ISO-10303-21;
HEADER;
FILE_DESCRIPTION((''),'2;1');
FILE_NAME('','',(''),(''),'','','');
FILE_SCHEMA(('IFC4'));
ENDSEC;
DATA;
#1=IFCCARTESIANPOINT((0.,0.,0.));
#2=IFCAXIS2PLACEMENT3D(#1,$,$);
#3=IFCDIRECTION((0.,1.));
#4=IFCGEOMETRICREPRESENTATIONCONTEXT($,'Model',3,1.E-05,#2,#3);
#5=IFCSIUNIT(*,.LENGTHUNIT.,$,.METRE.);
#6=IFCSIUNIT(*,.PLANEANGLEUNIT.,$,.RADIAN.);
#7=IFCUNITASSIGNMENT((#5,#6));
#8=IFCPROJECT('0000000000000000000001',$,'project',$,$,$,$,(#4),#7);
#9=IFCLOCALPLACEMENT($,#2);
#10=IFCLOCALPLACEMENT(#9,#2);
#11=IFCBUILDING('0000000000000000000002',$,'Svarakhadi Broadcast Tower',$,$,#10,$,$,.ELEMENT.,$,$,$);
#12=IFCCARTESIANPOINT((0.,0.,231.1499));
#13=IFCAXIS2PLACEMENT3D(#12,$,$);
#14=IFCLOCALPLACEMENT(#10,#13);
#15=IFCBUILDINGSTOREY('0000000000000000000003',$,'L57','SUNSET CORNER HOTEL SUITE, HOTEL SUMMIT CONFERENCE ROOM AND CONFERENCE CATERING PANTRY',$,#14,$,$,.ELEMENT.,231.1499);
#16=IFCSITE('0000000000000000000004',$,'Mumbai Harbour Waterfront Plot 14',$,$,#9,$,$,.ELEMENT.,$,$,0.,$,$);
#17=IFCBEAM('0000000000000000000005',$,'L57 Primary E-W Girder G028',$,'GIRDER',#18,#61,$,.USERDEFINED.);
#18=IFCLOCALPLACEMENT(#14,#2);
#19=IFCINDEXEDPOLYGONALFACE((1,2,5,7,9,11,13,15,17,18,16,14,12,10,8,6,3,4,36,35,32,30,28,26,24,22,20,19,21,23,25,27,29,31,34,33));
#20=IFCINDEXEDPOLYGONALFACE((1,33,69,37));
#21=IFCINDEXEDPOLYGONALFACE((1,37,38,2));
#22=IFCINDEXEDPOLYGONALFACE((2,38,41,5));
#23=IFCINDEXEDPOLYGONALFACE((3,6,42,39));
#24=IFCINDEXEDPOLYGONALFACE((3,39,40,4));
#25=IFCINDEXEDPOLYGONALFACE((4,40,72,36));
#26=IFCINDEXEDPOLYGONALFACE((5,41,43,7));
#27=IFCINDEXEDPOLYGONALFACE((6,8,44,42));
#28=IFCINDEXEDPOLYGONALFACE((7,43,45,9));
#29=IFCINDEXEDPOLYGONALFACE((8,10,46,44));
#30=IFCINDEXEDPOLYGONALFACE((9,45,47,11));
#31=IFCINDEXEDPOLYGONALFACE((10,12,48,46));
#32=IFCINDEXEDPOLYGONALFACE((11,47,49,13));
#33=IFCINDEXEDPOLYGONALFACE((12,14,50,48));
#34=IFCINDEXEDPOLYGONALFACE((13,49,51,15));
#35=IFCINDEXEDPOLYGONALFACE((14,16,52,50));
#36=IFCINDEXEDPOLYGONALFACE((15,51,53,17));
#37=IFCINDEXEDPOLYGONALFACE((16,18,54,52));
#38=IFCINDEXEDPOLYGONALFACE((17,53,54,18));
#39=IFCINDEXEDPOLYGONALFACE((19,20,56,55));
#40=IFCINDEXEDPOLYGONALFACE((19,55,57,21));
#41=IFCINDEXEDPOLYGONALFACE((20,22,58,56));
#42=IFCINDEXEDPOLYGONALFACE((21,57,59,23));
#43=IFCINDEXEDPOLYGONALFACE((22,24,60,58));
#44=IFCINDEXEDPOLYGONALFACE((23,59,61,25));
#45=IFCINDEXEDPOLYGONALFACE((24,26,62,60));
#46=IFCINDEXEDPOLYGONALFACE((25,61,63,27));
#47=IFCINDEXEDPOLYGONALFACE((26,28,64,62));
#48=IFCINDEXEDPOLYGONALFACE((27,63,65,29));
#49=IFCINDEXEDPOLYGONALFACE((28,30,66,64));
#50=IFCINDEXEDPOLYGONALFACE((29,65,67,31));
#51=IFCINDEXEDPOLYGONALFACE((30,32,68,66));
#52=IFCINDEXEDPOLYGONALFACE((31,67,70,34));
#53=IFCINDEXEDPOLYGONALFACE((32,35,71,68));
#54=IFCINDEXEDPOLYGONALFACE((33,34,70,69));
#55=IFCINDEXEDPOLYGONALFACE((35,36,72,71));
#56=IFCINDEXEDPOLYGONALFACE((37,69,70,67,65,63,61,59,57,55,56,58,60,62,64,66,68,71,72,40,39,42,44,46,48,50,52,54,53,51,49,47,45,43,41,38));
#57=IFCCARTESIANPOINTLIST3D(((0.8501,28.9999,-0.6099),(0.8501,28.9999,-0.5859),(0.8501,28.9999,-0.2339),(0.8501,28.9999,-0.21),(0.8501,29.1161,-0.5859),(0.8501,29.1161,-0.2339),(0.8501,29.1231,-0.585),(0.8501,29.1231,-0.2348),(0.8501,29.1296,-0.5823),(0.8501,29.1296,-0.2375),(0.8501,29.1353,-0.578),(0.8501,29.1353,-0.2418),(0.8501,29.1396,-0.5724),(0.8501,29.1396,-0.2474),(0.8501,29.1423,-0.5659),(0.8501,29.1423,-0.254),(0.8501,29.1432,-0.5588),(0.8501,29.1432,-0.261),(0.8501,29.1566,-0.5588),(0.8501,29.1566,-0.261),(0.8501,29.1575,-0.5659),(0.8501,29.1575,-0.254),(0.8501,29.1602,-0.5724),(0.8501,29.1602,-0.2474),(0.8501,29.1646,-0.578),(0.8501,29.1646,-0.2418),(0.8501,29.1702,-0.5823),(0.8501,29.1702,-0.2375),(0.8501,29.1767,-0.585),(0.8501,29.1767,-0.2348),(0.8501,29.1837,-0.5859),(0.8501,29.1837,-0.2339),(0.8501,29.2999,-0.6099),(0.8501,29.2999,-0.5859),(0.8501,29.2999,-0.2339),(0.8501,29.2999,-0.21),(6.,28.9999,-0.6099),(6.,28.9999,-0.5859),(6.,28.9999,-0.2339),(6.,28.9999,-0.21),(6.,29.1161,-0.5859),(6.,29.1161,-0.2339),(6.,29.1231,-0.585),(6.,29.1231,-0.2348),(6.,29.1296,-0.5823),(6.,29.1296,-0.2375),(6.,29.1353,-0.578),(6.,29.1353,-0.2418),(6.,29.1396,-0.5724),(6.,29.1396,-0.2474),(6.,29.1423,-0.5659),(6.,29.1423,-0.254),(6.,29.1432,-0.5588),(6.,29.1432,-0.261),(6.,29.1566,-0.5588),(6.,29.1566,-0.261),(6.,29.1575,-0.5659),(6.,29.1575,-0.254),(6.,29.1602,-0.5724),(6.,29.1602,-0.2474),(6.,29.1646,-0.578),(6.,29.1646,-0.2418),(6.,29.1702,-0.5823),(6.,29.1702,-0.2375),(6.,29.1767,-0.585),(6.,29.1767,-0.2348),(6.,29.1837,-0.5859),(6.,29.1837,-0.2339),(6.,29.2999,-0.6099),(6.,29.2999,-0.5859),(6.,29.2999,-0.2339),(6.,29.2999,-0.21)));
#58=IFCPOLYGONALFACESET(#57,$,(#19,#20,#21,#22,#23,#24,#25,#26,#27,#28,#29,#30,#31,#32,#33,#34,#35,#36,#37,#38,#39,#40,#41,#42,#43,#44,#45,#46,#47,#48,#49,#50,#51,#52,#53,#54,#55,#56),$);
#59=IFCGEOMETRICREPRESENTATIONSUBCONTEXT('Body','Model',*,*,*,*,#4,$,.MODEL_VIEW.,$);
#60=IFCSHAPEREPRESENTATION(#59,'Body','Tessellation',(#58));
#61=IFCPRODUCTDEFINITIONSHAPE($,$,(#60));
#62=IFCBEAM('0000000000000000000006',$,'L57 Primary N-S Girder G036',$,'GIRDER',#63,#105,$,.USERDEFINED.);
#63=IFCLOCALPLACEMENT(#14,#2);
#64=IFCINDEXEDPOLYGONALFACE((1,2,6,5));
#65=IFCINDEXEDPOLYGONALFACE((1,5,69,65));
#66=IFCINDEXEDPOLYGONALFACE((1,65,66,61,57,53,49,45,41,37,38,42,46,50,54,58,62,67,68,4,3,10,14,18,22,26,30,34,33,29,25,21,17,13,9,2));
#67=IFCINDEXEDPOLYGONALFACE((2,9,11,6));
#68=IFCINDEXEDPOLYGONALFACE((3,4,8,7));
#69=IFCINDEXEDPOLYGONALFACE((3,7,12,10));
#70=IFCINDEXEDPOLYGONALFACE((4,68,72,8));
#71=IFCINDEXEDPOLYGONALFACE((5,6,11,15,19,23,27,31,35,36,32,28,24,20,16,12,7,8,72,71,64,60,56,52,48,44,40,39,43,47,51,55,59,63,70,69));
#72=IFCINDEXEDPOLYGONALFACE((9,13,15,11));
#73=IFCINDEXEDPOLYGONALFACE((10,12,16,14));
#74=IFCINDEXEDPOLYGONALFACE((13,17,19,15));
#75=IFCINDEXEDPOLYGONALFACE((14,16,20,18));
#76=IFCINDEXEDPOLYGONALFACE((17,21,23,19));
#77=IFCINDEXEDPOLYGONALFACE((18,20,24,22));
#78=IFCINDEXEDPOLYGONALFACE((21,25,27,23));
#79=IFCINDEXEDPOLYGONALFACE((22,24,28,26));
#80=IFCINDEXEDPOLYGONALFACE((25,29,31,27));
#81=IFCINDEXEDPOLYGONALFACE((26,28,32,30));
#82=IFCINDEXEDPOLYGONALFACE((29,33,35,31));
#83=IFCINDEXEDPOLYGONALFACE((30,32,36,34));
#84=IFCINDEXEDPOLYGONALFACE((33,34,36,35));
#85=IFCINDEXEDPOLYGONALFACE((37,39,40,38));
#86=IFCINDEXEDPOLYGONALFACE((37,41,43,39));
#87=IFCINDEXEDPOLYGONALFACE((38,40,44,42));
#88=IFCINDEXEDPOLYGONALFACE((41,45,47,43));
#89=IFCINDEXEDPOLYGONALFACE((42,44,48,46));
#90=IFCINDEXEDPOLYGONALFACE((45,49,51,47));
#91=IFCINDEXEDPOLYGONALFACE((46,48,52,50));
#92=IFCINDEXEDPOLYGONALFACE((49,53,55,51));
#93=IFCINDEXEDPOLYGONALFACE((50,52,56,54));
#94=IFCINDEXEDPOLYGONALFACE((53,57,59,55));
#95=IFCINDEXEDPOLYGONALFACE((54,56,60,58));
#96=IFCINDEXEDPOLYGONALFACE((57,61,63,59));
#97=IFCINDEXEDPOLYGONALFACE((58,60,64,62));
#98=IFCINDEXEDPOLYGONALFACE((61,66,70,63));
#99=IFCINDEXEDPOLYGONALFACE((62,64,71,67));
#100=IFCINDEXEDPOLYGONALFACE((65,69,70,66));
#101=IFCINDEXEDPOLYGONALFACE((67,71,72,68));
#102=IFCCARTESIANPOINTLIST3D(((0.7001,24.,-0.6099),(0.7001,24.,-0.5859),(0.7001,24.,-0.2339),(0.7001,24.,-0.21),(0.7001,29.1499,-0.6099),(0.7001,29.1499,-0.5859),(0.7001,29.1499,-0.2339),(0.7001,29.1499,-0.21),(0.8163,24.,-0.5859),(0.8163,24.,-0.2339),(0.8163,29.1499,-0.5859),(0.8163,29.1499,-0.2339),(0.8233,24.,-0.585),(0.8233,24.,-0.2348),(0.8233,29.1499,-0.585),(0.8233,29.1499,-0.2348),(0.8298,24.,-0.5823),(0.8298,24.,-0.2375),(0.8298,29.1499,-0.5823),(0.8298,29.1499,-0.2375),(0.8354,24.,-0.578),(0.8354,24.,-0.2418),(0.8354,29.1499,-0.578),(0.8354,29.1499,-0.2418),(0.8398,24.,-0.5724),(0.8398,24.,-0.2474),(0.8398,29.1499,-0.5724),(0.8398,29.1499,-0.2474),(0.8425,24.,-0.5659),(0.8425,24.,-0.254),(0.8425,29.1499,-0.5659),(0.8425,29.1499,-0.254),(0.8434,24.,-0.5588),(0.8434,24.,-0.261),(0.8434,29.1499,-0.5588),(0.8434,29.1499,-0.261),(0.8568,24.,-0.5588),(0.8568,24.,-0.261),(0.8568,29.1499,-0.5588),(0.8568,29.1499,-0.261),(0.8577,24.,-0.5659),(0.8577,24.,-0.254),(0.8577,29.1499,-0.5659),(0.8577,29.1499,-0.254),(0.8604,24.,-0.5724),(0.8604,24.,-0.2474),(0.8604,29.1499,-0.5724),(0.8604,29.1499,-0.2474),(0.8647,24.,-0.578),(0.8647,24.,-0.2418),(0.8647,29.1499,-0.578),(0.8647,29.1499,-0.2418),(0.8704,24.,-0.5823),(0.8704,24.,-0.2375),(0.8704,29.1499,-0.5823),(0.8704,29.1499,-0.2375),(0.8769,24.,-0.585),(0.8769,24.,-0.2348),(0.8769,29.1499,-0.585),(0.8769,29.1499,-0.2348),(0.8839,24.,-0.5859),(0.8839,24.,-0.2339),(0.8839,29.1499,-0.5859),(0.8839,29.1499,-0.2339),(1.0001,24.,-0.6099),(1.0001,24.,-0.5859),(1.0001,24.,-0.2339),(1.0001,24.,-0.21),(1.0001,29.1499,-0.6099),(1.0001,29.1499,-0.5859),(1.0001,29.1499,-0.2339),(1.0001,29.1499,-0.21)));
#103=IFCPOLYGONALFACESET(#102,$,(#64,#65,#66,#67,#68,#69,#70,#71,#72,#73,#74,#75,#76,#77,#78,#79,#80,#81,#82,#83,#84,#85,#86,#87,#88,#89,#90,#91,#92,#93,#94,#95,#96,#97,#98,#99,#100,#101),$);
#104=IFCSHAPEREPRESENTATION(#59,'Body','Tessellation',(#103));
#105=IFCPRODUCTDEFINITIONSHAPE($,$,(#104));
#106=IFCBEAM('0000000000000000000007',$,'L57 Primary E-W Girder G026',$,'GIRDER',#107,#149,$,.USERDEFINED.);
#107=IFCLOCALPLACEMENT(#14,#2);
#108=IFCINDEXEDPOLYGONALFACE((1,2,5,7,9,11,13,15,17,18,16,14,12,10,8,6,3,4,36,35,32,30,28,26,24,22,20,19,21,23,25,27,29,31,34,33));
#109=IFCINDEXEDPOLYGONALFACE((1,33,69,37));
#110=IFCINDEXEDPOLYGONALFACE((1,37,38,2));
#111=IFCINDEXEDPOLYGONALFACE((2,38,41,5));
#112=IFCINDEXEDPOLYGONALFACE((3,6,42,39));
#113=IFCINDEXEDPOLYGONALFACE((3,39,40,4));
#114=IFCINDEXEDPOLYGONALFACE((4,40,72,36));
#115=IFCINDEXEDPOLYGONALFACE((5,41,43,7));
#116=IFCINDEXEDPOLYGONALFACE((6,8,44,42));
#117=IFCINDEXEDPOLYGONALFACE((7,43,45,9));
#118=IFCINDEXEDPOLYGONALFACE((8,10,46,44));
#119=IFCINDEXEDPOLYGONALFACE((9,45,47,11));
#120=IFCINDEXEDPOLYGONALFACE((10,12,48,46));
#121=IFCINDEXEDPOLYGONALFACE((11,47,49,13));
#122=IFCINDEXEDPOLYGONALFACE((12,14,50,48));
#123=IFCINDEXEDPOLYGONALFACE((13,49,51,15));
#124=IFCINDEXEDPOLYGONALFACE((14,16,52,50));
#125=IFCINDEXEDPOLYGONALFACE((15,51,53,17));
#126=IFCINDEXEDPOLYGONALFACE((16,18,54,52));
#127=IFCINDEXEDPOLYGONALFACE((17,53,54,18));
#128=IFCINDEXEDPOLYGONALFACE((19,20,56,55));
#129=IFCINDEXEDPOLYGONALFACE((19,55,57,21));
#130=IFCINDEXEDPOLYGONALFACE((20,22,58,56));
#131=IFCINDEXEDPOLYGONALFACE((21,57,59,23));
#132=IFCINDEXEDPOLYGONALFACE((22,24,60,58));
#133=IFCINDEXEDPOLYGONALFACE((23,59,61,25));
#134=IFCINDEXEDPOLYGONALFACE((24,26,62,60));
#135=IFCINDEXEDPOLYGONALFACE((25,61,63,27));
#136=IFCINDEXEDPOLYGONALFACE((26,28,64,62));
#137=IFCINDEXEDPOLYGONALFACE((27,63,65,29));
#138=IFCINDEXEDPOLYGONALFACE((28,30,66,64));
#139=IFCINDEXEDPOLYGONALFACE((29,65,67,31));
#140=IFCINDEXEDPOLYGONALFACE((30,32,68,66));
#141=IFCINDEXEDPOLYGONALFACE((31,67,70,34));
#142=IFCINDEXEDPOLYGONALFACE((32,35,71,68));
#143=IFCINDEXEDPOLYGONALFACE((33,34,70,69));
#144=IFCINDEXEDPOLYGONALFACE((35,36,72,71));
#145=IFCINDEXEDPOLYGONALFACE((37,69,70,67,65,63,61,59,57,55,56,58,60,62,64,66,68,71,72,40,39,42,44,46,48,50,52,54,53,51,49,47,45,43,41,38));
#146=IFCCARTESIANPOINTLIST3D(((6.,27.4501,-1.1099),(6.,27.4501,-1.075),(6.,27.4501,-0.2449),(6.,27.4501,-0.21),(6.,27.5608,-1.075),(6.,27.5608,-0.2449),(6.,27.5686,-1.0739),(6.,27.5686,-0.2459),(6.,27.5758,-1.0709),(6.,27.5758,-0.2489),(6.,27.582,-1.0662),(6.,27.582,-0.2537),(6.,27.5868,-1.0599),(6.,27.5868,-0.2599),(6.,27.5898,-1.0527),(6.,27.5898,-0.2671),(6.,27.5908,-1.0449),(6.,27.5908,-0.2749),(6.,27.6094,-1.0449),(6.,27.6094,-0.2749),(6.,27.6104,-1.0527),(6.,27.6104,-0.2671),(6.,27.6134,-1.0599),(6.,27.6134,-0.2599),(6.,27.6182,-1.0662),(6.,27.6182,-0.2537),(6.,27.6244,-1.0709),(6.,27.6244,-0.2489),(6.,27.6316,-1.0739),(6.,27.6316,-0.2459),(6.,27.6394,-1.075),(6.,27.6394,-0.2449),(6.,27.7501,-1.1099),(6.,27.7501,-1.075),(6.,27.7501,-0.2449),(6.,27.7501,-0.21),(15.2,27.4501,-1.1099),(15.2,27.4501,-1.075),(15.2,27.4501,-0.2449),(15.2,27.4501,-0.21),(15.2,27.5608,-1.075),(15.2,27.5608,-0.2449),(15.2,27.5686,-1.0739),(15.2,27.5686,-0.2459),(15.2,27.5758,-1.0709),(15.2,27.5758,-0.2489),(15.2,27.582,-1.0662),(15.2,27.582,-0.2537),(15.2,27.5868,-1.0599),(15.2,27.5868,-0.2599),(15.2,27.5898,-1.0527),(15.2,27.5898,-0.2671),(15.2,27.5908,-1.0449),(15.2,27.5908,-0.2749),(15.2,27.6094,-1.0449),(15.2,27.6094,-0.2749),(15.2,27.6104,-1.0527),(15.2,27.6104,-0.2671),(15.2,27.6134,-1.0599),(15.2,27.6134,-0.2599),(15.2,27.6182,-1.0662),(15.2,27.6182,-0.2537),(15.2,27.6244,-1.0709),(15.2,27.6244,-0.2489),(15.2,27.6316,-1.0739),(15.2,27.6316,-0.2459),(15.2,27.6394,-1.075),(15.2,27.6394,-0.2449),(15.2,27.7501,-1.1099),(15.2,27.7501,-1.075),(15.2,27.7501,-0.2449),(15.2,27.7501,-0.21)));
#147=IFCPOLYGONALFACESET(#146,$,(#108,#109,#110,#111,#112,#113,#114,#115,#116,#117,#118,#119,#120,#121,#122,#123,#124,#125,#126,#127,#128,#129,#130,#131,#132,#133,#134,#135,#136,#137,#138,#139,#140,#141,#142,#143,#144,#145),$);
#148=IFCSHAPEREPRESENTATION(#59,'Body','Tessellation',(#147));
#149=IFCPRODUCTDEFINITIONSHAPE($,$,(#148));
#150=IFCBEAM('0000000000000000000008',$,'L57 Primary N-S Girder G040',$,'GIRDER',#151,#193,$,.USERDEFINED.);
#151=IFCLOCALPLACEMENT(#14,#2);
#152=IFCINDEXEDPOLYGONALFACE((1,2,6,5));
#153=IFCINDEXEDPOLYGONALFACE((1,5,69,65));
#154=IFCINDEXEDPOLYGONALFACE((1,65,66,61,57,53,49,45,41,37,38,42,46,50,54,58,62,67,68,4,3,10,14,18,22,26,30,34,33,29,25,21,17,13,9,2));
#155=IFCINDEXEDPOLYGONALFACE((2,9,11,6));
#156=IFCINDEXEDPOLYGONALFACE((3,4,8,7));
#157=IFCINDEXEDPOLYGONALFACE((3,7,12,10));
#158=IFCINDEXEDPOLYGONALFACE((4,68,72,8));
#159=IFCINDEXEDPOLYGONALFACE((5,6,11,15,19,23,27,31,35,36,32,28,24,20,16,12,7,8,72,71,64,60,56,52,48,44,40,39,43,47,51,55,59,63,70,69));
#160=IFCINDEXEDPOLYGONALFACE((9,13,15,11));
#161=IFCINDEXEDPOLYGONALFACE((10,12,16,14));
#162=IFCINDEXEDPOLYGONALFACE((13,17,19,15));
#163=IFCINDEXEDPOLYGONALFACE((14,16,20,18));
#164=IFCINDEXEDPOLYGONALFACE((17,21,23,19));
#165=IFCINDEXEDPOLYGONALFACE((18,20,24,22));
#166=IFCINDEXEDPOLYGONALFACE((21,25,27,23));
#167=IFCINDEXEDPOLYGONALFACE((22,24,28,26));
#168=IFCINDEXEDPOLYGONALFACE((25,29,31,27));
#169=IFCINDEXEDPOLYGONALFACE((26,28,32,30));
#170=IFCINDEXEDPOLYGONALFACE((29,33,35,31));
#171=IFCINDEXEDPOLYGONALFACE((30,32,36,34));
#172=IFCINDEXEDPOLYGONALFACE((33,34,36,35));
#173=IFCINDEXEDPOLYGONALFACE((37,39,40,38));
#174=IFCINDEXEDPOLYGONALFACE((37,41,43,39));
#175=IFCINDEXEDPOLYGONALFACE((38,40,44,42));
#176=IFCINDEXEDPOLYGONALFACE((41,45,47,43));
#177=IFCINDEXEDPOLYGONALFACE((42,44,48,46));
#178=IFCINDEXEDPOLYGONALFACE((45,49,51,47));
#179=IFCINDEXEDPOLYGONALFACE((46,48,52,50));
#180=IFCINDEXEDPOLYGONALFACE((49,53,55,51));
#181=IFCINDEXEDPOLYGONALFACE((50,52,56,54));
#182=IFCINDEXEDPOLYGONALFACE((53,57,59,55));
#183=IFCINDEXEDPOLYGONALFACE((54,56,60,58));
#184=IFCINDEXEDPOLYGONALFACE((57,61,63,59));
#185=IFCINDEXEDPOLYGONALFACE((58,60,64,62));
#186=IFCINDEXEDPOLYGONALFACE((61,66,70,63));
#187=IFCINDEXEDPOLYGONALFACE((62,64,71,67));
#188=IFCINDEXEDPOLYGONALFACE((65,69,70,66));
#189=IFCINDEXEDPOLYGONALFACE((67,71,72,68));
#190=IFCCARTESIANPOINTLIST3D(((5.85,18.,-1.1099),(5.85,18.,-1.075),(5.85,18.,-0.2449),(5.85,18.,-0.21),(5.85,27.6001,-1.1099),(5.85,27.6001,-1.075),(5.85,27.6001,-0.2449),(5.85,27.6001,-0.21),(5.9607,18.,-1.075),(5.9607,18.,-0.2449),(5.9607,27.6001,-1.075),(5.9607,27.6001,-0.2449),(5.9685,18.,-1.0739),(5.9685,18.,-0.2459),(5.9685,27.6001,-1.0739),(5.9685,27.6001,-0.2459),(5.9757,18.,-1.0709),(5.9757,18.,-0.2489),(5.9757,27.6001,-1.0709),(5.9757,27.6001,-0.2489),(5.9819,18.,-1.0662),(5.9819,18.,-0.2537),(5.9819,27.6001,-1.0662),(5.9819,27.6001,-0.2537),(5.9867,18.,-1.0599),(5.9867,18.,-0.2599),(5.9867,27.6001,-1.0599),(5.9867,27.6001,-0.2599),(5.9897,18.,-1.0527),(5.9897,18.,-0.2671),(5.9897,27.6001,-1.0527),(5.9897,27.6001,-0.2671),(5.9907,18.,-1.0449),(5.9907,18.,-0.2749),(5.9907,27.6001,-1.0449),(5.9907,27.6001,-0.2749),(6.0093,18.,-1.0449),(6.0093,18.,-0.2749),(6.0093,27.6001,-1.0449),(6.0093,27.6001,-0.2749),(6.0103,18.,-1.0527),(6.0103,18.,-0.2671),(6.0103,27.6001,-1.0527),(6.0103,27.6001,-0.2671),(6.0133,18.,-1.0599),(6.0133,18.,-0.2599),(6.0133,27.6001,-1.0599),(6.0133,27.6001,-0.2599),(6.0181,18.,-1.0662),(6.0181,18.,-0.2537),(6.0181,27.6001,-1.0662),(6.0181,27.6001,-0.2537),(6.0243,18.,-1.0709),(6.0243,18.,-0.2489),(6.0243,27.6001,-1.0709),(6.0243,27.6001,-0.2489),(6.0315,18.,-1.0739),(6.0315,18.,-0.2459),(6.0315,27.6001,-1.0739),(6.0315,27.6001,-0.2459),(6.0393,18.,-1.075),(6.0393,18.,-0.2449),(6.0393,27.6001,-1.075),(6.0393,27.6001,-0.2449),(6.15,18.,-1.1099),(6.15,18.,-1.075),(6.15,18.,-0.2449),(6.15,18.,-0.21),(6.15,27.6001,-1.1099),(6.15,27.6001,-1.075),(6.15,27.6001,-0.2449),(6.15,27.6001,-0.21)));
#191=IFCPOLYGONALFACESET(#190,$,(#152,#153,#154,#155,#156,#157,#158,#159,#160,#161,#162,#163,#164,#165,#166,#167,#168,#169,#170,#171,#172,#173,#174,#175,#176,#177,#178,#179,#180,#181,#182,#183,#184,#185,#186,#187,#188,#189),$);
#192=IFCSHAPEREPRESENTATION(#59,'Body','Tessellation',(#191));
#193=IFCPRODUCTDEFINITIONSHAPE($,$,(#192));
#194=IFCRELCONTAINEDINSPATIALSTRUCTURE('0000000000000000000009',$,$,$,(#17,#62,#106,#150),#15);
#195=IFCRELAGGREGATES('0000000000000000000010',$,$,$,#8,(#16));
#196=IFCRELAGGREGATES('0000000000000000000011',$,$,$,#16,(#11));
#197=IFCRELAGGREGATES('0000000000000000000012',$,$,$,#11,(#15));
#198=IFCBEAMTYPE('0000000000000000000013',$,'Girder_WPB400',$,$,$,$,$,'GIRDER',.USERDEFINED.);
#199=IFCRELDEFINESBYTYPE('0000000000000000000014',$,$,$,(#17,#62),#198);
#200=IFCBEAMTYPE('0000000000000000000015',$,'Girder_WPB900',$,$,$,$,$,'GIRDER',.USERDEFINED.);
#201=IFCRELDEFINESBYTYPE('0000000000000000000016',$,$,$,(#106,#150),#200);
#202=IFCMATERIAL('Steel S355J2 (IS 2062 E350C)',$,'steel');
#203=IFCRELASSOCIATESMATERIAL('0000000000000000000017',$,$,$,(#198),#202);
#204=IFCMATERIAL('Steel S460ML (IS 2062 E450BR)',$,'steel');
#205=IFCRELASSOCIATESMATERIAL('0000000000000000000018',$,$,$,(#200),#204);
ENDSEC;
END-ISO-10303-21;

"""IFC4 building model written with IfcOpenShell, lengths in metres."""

from ifc_helpers import new_model, si_unit, direction, frame, origin, origin_2d, place, context, subcontext, project, spatial, i_section, extrude, material, material_profile, profile_set, type_object, element, save


model = new_model("IFC4")

# Units and contexts
model_context = context("Model", 3, precision=1e-05, world=origin(), true_north=direction((0.0, 1.0)))
body_context = subcontext(model_context, "Body", "Model", "MODEL_VIEW")
ifc_project = project(units=[si_unit("LENGTHUNIT", "METRE"), si_unit("PLANEANGLEUNIT", "RADIAN")], contexts=[model_context])

# Site, building, storey
site_placement = place(None, origin())
site = spatial("IfcSite", under=ifc_project, at=site_placement, Name="Mumbai Harbour Waterfront Plot 14", CompositionType="ELEMENT", RefElevation=0.0)
building_placement = place(site_placement, origin())
building = spatial("IfcBuilding", under=site, at=building_placement, Name="Svarakhadi Broadcast Tower", CompositionType="ELEMENT")
storey_placement = place(building_placement, frame((0.0, 0.0, 231.1499)))
storey = spatial("IfcBuildingStorey", under=building, at=storey_placement, Name="L57", Description="SUNSET CORNER HOTEL SUITE, HOTEL SUMMIT CONFERENCE ROOM AND CONFERENCE CATERING PANTRY", CompositionType="ELEMENT", Elevation=231.1499)

# Shared definitions
ifc_material_1 = material(Name="Steel S460ML (IS 2062 E450BR)", Category="steel")

# Shared definitions
ifc_material_2 = material(Name="Steel S355J2 (IS 2062 E350C)", Category="steel")

# Beams
ifc_material_profile_1 = material_profile(ifc_material_2, i_section(OverallWidth=0.3, OverallDepth=0.3999, WebThickness=0.0134, FlangeThickness=0.0239, FilletRadius=0.0271, at=origin_2d()), Name="WPB 400x300x155")
ifc_profile_set_1 = profile_set([ifc_material_profile_1], Name="Steel S355J2 (IS 2062 E350C)")
beam_type_1 = type_object("IfcBeamType", Name="Girder_WPB400", ElementType="GIRDER", PredefinedType="USERDEFINED", material=ifc_profile_set_1)
for number, where, z_axis, x_axis, name in (
    (1, (0.8501, 29.1499, -0.4099), (1.0, 0.0, 0.0), (0.0, 1.0, 0.0), "L57 Primary E-W Girder G028"),
    (2, (0.8501, 24.0, -0.4099), (0.0, 1.0, 0.0), (-1.0, 0.0, 0.0), "L57 Primary N-S Girder G036"),
):
    element("IfcBeam", number, at=place(storey_placement, frame(where, z_axis=z_axis, x_axis=x_axis)), inside=storey, type_object=beam_type_1, Name=name, ObjectType="GIRDER", PredefinedType="USERDEFINED", context=body_context, shape_type="SweptSolid", body=[
        extrude(i_section(OverallWidth=0.3, OverallDepth=0.3999, WebThickness=0.0134, FlangeThickness=0.0239, FilletRadius=0.0271, at=origin_2d()), origin(), (0.0, 0.0, 1.0), 5.1499),
    ])
ifc_material_profile_2 = material_profile(ifc_material_1, i_section(OverallWidth=0.3, OverallDepth=0.8999, WebThickness=0.0186, FlangeThickness=0.0349, FilletRadius=0.03, at=origin_2d()), Name="WPB 900x300x291")
ifc_profile_set_2 = profile_set([ifc_material_profile_2], Name="Steel S460ML (IS 2062 E450BR)")
beam_type_2 = type_object("IfcBeamType", Name="Girder_WPB900", ElementType="GIRDER", PredefinedType="USERDEFINED", material=ifc_profile_set_2)
beam_1_placement = place(storey_placement, frame((6.0, 27.6001, -0.6599), z_axis=(1.0, 0.0, 0.0), x_axis=(0.0, 1.0, 0.0)))
element("IfcBeam", 3, at=beam_1_placement, inside=storey, type_object=beam_type_2, Name="L57 Primary E-W Girder G026", ObjectType="GIRDER", PredefinedType="USERDEFINED", context=body_context, shape_type="SweptSolid", body=[
    extrude(i_section(OverallWidth=0.3, OverallDepth=0.8999, WebThickness=0.0186, FlangeThickness=0.0349, FilletRadius=0.03, at=origin_2d()), origin(), (0.0, 0.0, 1.0), 9.2),
])
beam_2_placement = place(storey_placement, frame((6.0, 18.0, -0.6599), z_axis=(0.0, 1.0, 0.0), x_axis=(-1.0, 0.0, 0.0)))
element("IfcBeam", 4, at=beam_2_placement, inside=storey, type_object=beam_type_2, Name="L57 Primary N-S Girder G040", ObjectType="GIRDER", PredefinedType="USERDEFINED", context=body_context, shape_type="SweptSolid", body=[
    extrude(i_section(OverallWidth=0.3, OverallDepth=0.8999, WebThickness=0.0186, FlangeThickness=0.0349, FilletRadius=0.03, at=origin_2d()), origin(), (0.0, 0.0, 1.0), 9.6001),
])

save(model, "model.ifc")
